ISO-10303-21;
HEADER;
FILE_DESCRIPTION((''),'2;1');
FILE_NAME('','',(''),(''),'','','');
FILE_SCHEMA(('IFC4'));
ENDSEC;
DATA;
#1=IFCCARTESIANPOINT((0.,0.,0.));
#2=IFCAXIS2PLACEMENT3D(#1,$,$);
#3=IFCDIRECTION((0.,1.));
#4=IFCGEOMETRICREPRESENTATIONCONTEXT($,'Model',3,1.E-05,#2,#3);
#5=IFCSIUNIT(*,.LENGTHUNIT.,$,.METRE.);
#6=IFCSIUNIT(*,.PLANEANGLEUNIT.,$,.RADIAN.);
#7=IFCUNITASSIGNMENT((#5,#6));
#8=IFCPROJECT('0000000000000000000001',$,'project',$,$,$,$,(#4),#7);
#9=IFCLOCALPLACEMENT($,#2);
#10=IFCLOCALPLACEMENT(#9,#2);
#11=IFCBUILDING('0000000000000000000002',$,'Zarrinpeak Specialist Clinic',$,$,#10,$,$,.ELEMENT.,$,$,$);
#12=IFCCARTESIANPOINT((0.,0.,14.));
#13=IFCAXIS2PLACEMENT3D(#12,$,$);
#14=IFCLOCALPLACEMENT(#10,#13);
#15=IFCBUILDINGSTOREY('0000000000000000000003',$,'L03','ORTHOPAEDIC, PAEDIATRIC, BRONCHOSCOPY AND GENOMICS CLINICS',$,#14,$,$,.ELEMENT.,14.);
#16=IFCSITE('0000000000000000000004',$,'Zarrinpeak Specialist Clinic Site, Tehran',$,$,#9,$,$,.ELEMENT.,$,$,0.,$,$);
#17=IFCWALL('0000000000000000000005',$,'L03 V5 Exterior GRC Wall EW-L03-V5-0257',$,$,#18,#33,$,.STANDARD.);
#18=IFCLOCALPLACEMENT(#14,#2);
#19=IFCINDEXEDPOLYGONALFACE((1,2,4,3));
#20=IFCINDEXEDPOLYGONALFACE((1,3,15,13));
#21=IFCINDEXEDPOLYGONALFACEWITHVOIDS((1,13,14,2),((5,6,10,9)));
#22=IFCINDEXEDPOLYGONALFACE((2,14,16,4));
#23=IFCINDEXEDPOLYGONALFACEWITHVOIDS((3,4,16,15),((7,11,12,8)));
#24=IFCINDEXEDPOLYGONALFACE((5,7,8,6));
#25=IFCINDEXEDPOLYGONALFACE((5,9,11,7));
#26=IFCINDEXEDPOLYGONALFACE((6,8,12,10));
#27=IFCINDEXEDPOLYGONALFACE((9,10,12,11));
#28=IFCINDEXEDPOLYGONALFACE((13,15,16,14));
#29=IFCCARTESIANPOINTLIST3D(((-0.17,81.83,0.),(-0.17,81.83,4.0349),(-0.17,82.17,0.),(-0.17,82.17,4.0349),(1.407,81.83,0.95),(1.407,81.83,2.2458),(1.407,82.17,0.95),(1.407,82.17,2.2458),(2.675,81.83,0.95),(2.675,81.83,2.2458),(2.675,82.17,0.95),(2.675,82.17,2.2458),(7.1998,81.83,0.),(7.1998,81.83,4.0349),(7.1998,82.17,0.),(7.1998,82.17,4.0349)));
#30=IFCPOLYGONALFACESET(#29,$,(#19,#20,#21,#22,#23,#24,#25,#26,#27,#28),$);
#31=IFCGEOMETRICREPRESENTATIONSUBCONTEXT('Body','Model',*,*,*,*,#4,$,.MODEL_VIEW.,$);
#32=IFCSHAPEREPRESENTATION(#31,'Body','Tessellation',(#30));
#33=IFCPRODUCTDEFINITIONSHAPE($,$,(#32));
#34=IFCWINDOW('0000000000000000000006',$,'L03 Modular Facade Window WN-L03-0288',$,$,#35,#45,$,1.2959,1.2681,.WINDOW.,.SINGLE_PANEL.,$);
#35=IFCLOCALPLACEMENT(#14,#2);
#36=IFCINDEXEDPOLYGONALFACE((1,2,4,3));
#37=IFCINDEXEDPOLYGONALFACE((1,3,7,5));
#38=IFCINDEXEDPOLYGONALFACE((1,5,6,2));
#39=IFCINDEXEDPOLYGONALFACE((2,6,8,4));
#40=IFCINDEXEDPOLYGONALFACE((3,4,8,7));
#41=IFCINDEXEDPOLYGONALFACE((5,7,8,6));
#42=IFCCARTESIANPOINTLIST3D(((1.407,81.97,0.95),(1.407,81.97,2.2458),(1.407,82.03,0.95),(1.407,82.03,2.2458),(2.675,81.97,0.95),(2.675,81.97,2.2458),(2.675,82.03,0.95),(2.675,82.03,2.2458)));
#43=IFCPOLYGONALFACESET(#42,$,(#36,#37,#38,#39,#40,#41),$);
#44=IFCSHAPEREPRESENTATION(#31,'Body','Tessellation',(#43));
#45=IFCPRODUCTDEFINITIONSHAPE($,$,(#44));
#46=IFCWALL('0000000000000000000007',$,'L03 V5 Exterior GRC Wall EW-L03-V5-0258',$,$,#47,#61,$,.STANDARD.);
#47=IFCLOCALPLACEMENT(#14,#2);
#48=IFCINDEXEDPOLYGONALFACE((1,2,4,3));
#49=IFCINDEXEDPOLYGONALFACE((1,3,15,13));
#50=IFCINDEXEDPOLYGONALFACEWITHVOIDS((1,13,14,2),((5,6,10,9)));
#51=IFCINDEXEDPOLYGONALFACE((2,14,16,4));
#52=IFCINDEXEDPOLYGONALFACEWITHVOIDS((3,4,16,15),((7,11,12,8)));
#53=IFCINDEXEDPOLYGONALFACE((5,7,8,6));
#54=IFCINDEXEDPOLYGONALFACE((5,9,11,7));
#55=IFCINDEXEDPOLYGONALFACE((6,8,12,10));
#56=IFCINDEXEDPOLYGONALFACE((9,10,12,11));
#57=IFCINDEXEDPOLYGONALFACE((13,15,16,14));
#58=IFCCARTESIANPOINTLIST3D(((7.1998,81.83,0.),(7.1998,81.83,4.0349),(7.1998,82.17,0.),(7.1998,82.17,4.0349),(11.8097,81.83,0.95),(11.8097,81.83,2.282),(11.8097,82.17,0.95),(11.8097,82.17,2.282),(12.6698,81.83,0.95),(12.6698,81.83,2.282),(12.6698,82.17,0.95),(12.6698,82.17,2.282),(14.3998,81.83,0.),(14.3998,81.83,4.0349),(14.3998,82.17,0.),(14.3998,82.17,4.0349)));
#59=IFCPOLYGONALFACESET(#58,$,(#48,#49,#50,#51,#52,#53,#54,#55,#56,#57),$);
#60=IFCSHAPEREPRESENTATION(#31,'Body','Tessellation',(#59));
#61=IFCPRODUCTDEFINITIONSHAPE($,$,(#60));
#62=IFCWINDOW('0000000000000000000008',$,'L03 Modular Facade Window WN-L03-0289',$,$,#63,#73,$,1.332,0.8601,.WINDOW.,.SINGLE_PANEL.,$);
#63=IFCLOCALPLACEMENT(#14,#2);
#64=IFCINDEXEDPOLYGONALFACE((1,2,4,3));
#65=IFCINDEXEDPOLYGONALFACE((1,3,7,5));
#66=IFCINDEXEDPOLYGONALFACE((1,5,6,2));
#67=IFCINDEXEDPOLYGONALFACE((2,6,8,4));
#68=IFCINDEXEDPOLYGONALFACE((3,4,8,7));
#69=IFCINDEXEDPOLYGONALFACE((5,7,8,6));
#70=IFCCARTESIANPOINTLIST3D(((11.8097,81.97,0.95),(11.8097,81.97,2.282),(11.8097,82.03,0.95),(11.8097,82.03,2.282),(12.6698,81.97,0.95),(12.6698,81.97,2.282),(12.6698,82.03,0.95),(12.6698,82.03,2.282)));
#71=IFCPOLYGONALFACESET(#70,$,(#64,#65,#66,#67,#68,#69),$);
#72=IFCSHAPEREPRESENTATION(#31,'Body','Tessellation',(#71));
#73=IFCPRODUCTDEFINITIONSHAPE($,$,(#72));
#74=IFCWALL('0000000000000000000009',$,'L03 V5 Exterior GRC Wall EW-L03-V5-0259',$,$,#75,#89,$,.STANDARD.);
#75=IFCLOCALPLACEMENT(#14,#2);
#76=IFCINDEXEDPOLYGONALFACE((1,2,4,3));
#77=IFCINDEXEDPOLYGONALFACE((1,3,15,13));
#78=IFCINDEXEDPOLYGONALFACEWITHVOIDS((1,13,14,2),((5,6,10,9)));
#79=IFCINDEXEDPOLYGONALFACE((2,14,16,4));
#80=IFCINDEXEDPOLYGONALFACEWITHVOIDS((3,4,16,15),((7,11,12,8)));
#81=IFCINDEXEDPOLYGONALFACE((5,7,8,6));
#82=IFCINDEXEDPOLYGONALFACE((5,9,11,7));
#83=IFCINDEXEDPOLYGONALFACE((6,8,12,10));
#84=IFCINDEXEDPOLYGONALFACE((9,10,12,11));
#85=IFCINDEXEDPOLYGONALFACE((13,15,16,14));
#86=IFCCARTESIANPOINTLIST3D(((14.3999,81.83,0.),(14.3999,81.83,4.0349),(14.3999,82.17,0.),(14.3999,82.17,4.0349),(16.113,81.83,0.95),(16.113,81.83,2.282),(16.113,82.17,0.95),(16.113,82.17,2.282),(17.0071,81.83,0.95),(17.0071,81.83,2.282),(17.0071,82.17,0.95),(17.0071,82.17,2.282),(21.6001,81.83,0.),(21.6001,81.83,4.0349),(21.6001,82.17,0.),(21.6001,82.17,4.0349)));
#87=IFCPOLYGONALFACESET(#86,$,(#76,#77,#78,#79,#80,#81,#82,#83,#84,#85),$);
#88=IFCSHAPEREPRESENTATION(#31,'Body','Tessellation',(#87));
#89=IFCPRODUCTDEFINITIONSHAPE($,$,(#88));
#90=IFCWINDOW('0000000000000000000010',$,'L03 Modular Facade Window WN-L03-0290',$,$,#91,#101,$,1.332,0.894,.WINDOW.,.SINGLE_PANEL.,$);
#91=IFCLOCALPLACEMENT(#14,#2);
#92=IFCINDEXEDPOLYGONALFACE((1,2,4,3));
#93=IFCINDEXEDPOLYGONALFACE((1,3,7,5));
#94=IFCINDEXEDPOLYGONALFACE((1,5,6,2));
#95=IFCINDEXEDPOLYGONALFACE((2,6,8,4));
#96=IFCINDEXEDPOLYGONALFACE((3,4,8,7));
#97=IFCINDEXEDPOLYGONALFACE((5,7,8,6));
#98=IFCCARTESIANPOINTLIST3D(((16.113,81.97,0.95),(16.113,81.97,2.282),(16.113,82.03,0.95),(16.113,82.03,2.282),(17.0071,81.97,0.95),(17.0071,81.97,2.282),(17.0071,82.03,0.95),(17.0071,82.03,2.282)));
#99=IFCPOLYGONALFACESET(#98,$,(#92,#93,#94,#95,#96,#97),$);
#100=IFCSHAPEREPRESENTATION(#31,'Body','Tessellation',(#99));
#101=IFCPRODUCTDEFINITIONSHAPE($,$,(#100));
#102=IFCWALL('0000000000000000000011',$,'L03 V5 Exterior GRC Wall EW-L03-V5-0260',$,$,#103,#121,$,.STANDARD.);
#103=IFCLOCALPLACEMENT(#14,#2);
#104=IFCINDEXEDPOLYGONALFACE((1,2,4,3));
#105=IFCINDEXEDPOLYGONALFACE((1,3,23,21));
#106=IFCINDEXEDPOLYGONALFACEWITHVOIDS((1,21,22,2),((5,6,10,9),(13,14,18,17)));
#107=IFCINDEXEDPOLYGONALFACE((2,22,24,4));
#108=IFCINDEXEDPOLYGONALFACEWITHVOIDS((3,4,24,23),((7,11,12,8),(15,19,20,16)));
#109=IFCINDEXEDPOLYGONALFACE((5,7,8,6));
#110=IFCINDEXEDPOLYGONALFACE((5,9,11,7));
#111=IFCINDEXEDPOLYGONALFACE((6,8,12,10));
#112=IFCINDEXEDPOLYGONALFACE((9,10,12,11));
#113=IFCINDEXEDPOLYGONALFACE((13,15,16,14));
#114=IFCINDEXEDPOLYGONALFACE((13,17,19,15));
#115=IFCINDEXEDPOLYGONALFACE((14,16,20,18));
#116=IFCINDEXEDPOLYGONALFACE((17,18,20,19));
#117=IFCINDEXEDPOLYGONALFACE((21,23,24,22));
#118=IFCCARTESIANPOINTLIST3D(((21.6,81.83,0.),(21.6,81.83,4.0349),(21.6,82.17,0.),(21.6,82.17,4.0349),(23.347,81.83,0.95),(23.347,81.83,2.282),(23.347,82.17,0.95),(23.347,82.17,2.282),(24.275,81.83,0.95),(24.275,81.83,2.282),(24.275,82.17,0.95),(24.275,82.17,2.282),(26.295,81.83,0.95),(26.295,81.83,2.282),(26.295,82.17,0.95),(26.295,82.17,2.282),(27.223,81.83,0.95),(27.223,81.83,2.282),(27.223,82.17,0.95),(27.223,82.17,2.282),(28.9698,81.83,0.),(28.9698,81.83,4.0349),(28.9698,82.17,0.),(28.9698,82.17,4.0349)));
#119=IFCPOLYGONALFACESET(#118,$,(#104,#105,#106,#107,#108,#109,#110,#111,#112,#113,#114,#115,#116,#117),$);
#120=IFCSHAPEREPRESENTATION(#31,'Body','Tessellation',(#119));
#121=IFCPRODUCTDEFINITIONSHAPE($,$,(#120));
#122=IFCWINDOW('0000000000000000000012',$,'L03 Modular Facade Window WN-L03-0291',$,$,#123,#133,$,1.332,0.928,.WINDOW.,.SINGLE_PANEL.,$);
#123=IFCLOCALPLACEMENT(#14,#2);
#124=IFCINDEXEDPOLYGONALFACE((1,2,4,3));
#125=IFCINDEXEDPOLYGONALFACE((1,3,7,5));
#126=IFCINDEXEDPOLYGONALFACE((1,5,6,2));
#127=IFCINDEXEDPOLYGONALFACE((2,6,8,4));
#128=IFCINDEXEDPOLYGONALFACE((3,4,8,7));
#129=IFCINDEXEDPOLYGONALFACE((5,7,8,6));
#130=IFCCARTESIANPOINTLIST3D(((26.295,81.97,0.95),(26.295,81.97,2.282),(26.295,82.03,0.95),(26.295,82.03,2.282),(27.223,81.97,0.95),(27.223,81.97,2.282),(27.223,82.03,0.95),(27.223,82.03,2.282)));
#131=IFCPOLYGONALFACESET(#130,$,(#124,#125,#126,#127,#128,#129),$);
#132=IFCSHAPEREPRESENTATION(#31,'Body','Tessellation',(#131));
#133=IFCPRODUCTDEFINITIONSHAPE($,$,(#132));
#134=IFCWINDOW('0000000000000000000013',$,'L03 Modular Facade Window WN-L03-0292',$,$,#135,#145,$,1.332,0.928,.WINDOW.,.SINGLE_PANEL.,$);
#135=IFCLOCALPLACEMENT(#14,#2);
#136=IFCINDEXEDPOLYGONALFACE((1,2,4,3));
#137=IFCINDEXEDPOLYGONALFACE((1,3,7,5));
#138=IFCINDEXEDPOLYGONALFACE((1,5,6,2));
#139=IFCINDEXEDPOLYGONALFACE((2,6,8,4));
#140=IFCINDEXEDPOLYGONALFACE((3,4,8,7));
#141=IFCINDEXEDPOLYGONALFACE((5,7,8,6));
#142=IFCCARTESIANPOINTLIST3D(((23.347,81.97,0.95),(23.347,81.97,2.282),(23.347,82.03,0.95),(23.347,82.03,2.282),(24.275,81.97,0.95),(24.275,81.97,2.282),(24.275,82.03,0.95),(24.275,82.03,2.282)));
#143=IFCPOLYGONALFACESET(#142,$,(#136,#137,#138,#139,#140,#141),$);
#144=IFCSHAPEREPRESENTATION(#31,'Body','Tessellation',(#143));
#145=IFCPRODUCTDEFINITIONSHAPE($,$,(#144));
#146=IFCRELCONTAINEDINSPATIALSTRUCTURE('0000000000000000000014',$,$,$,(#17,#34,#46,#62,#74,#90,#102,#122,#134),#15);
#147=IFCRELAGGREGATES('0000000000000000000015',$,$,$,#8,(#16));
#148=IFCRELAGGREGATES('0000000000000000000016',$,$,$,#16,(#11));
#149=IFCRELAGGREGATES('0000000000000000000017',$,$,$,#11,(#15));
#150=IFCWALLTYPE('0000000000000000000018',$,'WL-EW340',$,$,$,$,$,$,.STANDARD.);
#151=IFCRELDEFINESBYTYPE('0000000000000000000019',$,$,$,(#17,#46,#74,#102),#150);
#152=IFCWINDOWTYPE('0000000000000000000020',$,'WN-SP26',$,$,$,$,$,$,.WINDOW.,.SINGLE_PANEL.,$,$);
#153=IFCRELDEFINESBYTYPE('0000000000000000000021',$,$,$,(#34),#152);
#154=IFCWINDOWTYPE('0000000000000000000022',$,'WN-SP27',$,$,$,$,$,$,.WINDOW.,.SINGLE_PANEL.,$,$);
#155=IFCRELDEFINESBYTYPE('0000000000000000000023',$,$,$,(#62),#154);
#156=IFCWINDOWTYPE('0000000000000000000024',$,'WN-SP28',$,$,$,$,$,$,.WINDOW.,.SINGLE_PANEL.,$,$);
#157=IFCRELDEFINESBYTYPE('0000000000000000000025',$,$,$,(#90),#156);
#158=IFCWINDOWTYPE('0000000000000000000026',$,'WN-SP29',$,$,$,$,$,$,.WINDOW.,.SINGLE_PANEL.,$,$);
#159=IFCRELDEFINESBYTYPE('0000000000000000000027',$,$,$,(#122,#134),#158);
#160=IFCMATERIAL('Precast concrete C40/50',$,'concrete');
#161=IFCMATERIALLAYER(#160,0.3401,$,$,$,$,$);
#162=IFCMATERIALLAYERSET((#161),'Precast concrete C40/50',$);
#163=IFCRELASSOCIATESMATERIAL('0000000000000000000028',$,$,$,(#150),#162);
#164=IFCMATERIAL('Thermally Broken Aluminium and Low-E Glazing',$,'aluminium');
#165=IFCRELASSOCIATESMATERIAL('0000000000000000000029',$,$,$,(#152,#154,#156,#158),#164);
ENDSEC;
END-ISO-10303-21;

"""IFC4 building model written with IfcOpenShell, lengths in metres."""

from ifc_helpers import new_model, si_unit, direction, frame, frame_2d, origin, place, context, subcontext, project, spatial, rectangle, extrude, material, layer, layer_set, type_object, element, fill, save


model = new_model("IFC4")

# Units and contexts
model_context = context("Model", 3, precision=1e-05, world=origin(), true_north=direction((0.0, 1.0)))
body_context = subcontext(model_context, "Body", "Model", "MODEL_VIEW")
ifc_project = project(units=[si_unit("LENGTHUNIT", "METRE"), si_unit("PLANEANGLEUNIT", "RADIAN")], contexts=[model_context])

# Site, building, storey
site_placement = place(None, origin())
site = spatial("IfcSite", under=ifc_project, at=site_placement, Name="Zarrinpeak Specialist Clinic Site, Tehran", CompositionType="ELEMENT", RefElevation=0.0)
building_placement = place(site_placement, origin())
building = spatial("IfcBuilding", under=site, at=building_placement, Name="Zarrinpeak Specialist Clinic", CompositionType="ELEMENT")
storey_placement = place(building_placement, frame((0.0, 0.0, 14.0)))
storey = spatial("IfcBuildingStorey", under=building, at=storey_placement, Name="L03", Description="ORTHOPAEDIC, PAEDIATRIC, BRONCHOSCOPY AND GENOMICS CLINICS", CompositionType="ELEMENT", Elevation=14.0)

# Walls, openings, windows
ifc_material_1 = material(Name="Precast concrete C40/50", Category="concrete")
ifc_layer_1 = layer(ifc_material_1, 0.3401)
ifc_layer_set_1 = layer_set([ifc_layer_1], Name="Precast concrete C40/50")
wall_type = type_object("IfcWallType", Name="WL-EW340", PredefinedType="STANDARD", material=ifc_layer_set_1)
wall_1_placement = place(storey_placement, frame((7.2, 82.0, 0.0), z_axis=(0.0, 0.0, 1.0), x_axis=(-1.0, 0.0, 0.0)))
wall_1 = element("IfcWall", 1, at=wall_1_placement, inside=storey, type_object=wall_type, Name="L03 V5 Exterior GRC Wall EW-L03-V5-0257", PredefinedType="STANDARD", context=body_context, shape_type="SweptSolid", body=[
    extrude(rectangle(XDim=7.3699, YDim=0.3401, at=frame_2d((3.6851, 0.0))), origin(), (0.0, 0.0, 1.0), 4.0349),
])
opening_1_placement = place(wall_1_placement, frame((4.5249, 0.0, 0.95)))
opening_1 = element("IfcOpeningElement", 2, at=opening_1_placement, cuts=wall_1, PredefinedType="OPENING", context=body_context, shape_type="SweptSolid", body=[
    extrude(rectangle(XDim=1.2681, YDim=1.2959, at=frame_2d((0.634, 0.6479))), frame((0.0, 0.1802, 0.0), z_axis=(0.0, -1.0, 0.0), x_axis=(1.0, 0.0, 0.0)), (0.0, 0.0, 1.0), 0.3601),
])
ifc_material_2 = material(Name="Thermally Broken Aluminium and Low-E Glazing", Category="aluminium")
window_type_1 = type_object("IfcWindowType", Name="WN-SP26", PartitioningType="SINGLE_PANEL", PredefinedType="WINDOW", material=ifc_material_2)
window_1_placement = place(opening_1_placement, origin())
window_1 = element("IfcWindow", 3, at=window_1_placement, inside=storey, type_object=window_type_1, Name="L03 Modular Facade Window WN-L03-0288", OverallHeight=1.2959, OverallWidth=1.2681, PartitioningType="SINGLE_PANEL", PredefinedType="WINDOW", context=body_context, shape_type="SweptSolid", body=[
    extrude(rectangle(XDim=1.2681, YDim=1.2959, at=frame_2d((0.634, 0.6479))), frame((0.0, 0.03, 0.0), z_axis=(0.0, -1.0, 0.0), x_axis=(1.0, 0.0, 0.0)), (0.0, 0.0, 1.0), 0.0601),
])
fill(opening_1, window_1)
wall_2_placement = place(storey_placement, frame((14.3999, 82.0, 0.0), z_axis=(0.0, 0.0, 1.0), x_axis=(-1.0, 0.0, 0.0)))
wall_2 = element("IfcWall", 4, at=wall_2_placement, inside=storey, type_object=wall_type, Name="L03 V5 Exterior GRC Wall EW-L03-V5-0258", PredefinedType="STANDARD", context=body_context, shape_type="SweptSolid", body=[
    extrude(rectangle(XDim=7.2, YDim=0.3401, at=frame_2d((3.6001, 0.0))), origin(), (0.0, 0.0, 1.0), 4.0349),
])
opening_2_placement = place(wall_2_placement, frame((1.73, 0.0, 0.95)))
opening_2 = element("IfcOpeningElement", 5, at=opening_2_placement, cuts=wall_2, PredefinedType="OPENING", context=body_context, shape_type="SweptSolid", body=[
    extrude(rectangle(XDim=0.8601, YDim=1.332, at=frame_2d((0.4302, 0.666))), frame((0.0, 0.1802, 0.0), z_axis=(0.0, -1.0, 0.0), x_axis=(1.0, 0.0, 0.0)), (0.0, 0.0, 1.0), 0.3601),
])
window_type_2 = type_object("IfcWindowType", Name="WN-SP27", PartitioningType="SINGLE_PANEL", PredefinedType="WINDOW", material=ifc_material_2)
window_2_placement = place(opening_2_placement, origin())
window_2 = element("IfcWindow", 6, at=window_2_placement, inside=storey, type_object=window_type_2, Name="L03 Modular Facade Window WN-L03-0289", OverallHeight=1.332, OverallWidth=0.8601, PartitioningType="SINGLE_PANEL", PredefinedType="WINDOW", context=body_context, shape_type="SweptSolid", body=[
    extrude(rectangle(XDim=0.8601, YDim=1.332, at=frame_2d((0.4302, 0.666))), frame((0.0, 0.03, 0.0), z_axis=(0.0, -1.0, 0.0), x_axis=(1.0, 0.0, 0.0)), (0.0, 0.0, 1.0), 0.0601),
])
fill(opening_2, window_2)
wall_3_placement = place(storey_placement, frame((21.6001, 82.0, 0.0), z_axis=(0.0, 0.0, 1.0), x_axis=(-1.0, 0.0, 0.0)))
wall_3 = element("IfcWall", 7, at=wall_3_placement, inside=storey, type_object=wall_type, Name="L03 V5 Exterior GRC Wall EW-L03-V5-0259", PredefinedType="STANDARD", context=body_context, shape_type="SweptSolid", body=[
    extrude(rectangle(XDim=7.2002, YDim=0.3401, at=frame_2d((3.6001, 0.0))), origin(), (0.0, 0.0, 1.0), 4.0349),
])
opening_3_placement = place(wall_3_placement, frame((4.593, 0.0, 0.95)))
opening_3 = element("IfcOpeningElement", 8, at=opening_3_placement, cuts=wall_3, PredefinedType="OPENING", context=body_context, shape_type="SweptSolid", body=[
    extrude(rectangle(XDim=0.894, YDim=1.332, at=frame_2d((0.447, 0.666))), frame((0.0, 0.1802, 0.0), z_axis=(0.0, -1.0, 0.0), x_axis=(1.0, 0.0, 0.0)), (0.0, 0.0, 1.0), 0.3601),
])
window_type_3 = type_object("IfcWindowType", Name="WN-SP28", PartitioningType="SINGLE_PANEL", PredefinedType="WINDOW", material=ifc_material_2)
window_3_placement = place(opening_3_placement, origin())
window_3 = element("IfcWindow", 9, at=window_3_placement, inside=storey, type_object=window_type_3, Name="L03 Modular Facade Window WN-L03-0290", OverallHeight=1.332, OverallWidth=0.894, PartitioningType="SINGLE_PANEL", PredefinedType="WINDOW", context=body_context, shape_type="SweptSolid", body=[
    extrude(rectangle(XDim=0.894, YDim=1.332, at=frame_2d((0.447, 0.666))), frame((0.0, 0.03, 0.0), z_axis=(0.0, -1.0, 0.0), x_axis=(1.0, 0.0, 0.0)), (0.0, 0.0, 1.0), 0.0601),
])
fill(opening_3, window_3)

# Wall, openings, windows
wall_4_placement = place(storey_placement, frame((28.97, 82.0, 0.0), z_axis=(0.0, 0.0, 1.0), x_axis=(-1.0, 0.0, 0.0)))
wall_4 = element("IfcWall", 10, at=wall_4_placement, inside=storey, type_object=wall_type, Name="L03 V5 Exterior GRC Wall EW-L03-V5-0260", PredefinedType="STANDARD", context=body_context, shape_type="SweptSolid", body=[
    extrude(rectangle(XDim=7.3699, YDim=0.3401, at=frame_2d((3.6851, 0.0))), origin(), (0.0, 0.0, 1.0), 4.0349),
])
opening_4_placement = place(wall_4_placement, frame((1.7471, 0.0, 0.95)))
opening_4 = element("IfcOpeningElement", 11, at=opening_4_placement, cuts=wall_4, PredefinedType="OPENING", context=body_context, shape_type="SweptSolid", body=[
    extrude(rectangle(XDim=0.928, YDim=1.332, at=frame_2d((0.4639, 0.666))), frame((0.0, 0.1802, 0.0), z_axis=(0.0, -1.0, 0.0), x_axis=(1.0, 0.0, 0.0)), (0.0, 0.0, 1.0), 0.3601),
])
opening_5_placement = place(wall_4_placement, frame((4.6951, 0.0, 0.95)))
opening_5 = element("IfcOpeningElement", 12, at=opening_5_placement, cuts=wall_4, PredefinedType="OPENING", context=body_context, shape_type="SweptSolid", body=[
    extrude(rectangle(XDim=0.928, YDim=1.332, at=frame_2d((0.4639, 0.666))), frame((0.0, 0.1802, 0.0), z_axis=(0.0, -1.0, 0.0), x_axis=(1.0, 0.0, 0.0)), (0.0, 0.0, 1.0), 0.3601),
])
window_type_4 = type_object("IfcWindowType", Name="WN-SP29", PartitioningType="SINGLE_PANEL", PredefinedType="WINDOW", material=ifc_material_2)
window_4_placement = place(opening_4_placement, origin())
window_4 = element("IfcWindow", 13, at=window_4_placement, inside=storey, type_object=window_type_4, Name="L03 Modular Facade Window WN-L03-0291", OverallHeight=1.332, OverallWidth=0.928, PartitioningType="SINGLE_PANEL", PredefinedType="WINDOW", context=body_context, shape_type="SweptSolid", body=[
    extrude(rectangle(XDim=0.928, YDim=1.332, at=frame_2d((0.4639, 0.666))), frame((0.0, 0.03, 0.0), z_axis=(0.0, -1.0, 0.0), x_axis=(1.0, 0.0, 0.0)), (0.0, 0.0, 1.0), 0.0601),
])
fill(opening_4, window_4)
window_5_placement = place(opening_5_placement, origin())
window_5 = element("IfcWindow", 14, at=window_5_placement, inside=storey, type_object=window_type_4, Name="L03 Modular Facade Window WN-L03-0292", OverallHeight=1.332, OverallWidth=0.928, PartitioningType="SINGLE_PANEL", PredefinedType="WINDOW", context=body_context, shape_type="SweptSolid", body=[
    extrude(rectangle(XDim=0.928, YDim=1.332, at=frame_2d((0.4639, 0.666))), frame((0.0, 0.03, 0.0), z_axis=(0.0, -1.0, 0.0), x_axis=(1.0, 0.0, 0.0)), (0.0, 0.0, 1.0), 0.0601),
])
fill(opening_5, window_5)

save(model, "model.ifc")
